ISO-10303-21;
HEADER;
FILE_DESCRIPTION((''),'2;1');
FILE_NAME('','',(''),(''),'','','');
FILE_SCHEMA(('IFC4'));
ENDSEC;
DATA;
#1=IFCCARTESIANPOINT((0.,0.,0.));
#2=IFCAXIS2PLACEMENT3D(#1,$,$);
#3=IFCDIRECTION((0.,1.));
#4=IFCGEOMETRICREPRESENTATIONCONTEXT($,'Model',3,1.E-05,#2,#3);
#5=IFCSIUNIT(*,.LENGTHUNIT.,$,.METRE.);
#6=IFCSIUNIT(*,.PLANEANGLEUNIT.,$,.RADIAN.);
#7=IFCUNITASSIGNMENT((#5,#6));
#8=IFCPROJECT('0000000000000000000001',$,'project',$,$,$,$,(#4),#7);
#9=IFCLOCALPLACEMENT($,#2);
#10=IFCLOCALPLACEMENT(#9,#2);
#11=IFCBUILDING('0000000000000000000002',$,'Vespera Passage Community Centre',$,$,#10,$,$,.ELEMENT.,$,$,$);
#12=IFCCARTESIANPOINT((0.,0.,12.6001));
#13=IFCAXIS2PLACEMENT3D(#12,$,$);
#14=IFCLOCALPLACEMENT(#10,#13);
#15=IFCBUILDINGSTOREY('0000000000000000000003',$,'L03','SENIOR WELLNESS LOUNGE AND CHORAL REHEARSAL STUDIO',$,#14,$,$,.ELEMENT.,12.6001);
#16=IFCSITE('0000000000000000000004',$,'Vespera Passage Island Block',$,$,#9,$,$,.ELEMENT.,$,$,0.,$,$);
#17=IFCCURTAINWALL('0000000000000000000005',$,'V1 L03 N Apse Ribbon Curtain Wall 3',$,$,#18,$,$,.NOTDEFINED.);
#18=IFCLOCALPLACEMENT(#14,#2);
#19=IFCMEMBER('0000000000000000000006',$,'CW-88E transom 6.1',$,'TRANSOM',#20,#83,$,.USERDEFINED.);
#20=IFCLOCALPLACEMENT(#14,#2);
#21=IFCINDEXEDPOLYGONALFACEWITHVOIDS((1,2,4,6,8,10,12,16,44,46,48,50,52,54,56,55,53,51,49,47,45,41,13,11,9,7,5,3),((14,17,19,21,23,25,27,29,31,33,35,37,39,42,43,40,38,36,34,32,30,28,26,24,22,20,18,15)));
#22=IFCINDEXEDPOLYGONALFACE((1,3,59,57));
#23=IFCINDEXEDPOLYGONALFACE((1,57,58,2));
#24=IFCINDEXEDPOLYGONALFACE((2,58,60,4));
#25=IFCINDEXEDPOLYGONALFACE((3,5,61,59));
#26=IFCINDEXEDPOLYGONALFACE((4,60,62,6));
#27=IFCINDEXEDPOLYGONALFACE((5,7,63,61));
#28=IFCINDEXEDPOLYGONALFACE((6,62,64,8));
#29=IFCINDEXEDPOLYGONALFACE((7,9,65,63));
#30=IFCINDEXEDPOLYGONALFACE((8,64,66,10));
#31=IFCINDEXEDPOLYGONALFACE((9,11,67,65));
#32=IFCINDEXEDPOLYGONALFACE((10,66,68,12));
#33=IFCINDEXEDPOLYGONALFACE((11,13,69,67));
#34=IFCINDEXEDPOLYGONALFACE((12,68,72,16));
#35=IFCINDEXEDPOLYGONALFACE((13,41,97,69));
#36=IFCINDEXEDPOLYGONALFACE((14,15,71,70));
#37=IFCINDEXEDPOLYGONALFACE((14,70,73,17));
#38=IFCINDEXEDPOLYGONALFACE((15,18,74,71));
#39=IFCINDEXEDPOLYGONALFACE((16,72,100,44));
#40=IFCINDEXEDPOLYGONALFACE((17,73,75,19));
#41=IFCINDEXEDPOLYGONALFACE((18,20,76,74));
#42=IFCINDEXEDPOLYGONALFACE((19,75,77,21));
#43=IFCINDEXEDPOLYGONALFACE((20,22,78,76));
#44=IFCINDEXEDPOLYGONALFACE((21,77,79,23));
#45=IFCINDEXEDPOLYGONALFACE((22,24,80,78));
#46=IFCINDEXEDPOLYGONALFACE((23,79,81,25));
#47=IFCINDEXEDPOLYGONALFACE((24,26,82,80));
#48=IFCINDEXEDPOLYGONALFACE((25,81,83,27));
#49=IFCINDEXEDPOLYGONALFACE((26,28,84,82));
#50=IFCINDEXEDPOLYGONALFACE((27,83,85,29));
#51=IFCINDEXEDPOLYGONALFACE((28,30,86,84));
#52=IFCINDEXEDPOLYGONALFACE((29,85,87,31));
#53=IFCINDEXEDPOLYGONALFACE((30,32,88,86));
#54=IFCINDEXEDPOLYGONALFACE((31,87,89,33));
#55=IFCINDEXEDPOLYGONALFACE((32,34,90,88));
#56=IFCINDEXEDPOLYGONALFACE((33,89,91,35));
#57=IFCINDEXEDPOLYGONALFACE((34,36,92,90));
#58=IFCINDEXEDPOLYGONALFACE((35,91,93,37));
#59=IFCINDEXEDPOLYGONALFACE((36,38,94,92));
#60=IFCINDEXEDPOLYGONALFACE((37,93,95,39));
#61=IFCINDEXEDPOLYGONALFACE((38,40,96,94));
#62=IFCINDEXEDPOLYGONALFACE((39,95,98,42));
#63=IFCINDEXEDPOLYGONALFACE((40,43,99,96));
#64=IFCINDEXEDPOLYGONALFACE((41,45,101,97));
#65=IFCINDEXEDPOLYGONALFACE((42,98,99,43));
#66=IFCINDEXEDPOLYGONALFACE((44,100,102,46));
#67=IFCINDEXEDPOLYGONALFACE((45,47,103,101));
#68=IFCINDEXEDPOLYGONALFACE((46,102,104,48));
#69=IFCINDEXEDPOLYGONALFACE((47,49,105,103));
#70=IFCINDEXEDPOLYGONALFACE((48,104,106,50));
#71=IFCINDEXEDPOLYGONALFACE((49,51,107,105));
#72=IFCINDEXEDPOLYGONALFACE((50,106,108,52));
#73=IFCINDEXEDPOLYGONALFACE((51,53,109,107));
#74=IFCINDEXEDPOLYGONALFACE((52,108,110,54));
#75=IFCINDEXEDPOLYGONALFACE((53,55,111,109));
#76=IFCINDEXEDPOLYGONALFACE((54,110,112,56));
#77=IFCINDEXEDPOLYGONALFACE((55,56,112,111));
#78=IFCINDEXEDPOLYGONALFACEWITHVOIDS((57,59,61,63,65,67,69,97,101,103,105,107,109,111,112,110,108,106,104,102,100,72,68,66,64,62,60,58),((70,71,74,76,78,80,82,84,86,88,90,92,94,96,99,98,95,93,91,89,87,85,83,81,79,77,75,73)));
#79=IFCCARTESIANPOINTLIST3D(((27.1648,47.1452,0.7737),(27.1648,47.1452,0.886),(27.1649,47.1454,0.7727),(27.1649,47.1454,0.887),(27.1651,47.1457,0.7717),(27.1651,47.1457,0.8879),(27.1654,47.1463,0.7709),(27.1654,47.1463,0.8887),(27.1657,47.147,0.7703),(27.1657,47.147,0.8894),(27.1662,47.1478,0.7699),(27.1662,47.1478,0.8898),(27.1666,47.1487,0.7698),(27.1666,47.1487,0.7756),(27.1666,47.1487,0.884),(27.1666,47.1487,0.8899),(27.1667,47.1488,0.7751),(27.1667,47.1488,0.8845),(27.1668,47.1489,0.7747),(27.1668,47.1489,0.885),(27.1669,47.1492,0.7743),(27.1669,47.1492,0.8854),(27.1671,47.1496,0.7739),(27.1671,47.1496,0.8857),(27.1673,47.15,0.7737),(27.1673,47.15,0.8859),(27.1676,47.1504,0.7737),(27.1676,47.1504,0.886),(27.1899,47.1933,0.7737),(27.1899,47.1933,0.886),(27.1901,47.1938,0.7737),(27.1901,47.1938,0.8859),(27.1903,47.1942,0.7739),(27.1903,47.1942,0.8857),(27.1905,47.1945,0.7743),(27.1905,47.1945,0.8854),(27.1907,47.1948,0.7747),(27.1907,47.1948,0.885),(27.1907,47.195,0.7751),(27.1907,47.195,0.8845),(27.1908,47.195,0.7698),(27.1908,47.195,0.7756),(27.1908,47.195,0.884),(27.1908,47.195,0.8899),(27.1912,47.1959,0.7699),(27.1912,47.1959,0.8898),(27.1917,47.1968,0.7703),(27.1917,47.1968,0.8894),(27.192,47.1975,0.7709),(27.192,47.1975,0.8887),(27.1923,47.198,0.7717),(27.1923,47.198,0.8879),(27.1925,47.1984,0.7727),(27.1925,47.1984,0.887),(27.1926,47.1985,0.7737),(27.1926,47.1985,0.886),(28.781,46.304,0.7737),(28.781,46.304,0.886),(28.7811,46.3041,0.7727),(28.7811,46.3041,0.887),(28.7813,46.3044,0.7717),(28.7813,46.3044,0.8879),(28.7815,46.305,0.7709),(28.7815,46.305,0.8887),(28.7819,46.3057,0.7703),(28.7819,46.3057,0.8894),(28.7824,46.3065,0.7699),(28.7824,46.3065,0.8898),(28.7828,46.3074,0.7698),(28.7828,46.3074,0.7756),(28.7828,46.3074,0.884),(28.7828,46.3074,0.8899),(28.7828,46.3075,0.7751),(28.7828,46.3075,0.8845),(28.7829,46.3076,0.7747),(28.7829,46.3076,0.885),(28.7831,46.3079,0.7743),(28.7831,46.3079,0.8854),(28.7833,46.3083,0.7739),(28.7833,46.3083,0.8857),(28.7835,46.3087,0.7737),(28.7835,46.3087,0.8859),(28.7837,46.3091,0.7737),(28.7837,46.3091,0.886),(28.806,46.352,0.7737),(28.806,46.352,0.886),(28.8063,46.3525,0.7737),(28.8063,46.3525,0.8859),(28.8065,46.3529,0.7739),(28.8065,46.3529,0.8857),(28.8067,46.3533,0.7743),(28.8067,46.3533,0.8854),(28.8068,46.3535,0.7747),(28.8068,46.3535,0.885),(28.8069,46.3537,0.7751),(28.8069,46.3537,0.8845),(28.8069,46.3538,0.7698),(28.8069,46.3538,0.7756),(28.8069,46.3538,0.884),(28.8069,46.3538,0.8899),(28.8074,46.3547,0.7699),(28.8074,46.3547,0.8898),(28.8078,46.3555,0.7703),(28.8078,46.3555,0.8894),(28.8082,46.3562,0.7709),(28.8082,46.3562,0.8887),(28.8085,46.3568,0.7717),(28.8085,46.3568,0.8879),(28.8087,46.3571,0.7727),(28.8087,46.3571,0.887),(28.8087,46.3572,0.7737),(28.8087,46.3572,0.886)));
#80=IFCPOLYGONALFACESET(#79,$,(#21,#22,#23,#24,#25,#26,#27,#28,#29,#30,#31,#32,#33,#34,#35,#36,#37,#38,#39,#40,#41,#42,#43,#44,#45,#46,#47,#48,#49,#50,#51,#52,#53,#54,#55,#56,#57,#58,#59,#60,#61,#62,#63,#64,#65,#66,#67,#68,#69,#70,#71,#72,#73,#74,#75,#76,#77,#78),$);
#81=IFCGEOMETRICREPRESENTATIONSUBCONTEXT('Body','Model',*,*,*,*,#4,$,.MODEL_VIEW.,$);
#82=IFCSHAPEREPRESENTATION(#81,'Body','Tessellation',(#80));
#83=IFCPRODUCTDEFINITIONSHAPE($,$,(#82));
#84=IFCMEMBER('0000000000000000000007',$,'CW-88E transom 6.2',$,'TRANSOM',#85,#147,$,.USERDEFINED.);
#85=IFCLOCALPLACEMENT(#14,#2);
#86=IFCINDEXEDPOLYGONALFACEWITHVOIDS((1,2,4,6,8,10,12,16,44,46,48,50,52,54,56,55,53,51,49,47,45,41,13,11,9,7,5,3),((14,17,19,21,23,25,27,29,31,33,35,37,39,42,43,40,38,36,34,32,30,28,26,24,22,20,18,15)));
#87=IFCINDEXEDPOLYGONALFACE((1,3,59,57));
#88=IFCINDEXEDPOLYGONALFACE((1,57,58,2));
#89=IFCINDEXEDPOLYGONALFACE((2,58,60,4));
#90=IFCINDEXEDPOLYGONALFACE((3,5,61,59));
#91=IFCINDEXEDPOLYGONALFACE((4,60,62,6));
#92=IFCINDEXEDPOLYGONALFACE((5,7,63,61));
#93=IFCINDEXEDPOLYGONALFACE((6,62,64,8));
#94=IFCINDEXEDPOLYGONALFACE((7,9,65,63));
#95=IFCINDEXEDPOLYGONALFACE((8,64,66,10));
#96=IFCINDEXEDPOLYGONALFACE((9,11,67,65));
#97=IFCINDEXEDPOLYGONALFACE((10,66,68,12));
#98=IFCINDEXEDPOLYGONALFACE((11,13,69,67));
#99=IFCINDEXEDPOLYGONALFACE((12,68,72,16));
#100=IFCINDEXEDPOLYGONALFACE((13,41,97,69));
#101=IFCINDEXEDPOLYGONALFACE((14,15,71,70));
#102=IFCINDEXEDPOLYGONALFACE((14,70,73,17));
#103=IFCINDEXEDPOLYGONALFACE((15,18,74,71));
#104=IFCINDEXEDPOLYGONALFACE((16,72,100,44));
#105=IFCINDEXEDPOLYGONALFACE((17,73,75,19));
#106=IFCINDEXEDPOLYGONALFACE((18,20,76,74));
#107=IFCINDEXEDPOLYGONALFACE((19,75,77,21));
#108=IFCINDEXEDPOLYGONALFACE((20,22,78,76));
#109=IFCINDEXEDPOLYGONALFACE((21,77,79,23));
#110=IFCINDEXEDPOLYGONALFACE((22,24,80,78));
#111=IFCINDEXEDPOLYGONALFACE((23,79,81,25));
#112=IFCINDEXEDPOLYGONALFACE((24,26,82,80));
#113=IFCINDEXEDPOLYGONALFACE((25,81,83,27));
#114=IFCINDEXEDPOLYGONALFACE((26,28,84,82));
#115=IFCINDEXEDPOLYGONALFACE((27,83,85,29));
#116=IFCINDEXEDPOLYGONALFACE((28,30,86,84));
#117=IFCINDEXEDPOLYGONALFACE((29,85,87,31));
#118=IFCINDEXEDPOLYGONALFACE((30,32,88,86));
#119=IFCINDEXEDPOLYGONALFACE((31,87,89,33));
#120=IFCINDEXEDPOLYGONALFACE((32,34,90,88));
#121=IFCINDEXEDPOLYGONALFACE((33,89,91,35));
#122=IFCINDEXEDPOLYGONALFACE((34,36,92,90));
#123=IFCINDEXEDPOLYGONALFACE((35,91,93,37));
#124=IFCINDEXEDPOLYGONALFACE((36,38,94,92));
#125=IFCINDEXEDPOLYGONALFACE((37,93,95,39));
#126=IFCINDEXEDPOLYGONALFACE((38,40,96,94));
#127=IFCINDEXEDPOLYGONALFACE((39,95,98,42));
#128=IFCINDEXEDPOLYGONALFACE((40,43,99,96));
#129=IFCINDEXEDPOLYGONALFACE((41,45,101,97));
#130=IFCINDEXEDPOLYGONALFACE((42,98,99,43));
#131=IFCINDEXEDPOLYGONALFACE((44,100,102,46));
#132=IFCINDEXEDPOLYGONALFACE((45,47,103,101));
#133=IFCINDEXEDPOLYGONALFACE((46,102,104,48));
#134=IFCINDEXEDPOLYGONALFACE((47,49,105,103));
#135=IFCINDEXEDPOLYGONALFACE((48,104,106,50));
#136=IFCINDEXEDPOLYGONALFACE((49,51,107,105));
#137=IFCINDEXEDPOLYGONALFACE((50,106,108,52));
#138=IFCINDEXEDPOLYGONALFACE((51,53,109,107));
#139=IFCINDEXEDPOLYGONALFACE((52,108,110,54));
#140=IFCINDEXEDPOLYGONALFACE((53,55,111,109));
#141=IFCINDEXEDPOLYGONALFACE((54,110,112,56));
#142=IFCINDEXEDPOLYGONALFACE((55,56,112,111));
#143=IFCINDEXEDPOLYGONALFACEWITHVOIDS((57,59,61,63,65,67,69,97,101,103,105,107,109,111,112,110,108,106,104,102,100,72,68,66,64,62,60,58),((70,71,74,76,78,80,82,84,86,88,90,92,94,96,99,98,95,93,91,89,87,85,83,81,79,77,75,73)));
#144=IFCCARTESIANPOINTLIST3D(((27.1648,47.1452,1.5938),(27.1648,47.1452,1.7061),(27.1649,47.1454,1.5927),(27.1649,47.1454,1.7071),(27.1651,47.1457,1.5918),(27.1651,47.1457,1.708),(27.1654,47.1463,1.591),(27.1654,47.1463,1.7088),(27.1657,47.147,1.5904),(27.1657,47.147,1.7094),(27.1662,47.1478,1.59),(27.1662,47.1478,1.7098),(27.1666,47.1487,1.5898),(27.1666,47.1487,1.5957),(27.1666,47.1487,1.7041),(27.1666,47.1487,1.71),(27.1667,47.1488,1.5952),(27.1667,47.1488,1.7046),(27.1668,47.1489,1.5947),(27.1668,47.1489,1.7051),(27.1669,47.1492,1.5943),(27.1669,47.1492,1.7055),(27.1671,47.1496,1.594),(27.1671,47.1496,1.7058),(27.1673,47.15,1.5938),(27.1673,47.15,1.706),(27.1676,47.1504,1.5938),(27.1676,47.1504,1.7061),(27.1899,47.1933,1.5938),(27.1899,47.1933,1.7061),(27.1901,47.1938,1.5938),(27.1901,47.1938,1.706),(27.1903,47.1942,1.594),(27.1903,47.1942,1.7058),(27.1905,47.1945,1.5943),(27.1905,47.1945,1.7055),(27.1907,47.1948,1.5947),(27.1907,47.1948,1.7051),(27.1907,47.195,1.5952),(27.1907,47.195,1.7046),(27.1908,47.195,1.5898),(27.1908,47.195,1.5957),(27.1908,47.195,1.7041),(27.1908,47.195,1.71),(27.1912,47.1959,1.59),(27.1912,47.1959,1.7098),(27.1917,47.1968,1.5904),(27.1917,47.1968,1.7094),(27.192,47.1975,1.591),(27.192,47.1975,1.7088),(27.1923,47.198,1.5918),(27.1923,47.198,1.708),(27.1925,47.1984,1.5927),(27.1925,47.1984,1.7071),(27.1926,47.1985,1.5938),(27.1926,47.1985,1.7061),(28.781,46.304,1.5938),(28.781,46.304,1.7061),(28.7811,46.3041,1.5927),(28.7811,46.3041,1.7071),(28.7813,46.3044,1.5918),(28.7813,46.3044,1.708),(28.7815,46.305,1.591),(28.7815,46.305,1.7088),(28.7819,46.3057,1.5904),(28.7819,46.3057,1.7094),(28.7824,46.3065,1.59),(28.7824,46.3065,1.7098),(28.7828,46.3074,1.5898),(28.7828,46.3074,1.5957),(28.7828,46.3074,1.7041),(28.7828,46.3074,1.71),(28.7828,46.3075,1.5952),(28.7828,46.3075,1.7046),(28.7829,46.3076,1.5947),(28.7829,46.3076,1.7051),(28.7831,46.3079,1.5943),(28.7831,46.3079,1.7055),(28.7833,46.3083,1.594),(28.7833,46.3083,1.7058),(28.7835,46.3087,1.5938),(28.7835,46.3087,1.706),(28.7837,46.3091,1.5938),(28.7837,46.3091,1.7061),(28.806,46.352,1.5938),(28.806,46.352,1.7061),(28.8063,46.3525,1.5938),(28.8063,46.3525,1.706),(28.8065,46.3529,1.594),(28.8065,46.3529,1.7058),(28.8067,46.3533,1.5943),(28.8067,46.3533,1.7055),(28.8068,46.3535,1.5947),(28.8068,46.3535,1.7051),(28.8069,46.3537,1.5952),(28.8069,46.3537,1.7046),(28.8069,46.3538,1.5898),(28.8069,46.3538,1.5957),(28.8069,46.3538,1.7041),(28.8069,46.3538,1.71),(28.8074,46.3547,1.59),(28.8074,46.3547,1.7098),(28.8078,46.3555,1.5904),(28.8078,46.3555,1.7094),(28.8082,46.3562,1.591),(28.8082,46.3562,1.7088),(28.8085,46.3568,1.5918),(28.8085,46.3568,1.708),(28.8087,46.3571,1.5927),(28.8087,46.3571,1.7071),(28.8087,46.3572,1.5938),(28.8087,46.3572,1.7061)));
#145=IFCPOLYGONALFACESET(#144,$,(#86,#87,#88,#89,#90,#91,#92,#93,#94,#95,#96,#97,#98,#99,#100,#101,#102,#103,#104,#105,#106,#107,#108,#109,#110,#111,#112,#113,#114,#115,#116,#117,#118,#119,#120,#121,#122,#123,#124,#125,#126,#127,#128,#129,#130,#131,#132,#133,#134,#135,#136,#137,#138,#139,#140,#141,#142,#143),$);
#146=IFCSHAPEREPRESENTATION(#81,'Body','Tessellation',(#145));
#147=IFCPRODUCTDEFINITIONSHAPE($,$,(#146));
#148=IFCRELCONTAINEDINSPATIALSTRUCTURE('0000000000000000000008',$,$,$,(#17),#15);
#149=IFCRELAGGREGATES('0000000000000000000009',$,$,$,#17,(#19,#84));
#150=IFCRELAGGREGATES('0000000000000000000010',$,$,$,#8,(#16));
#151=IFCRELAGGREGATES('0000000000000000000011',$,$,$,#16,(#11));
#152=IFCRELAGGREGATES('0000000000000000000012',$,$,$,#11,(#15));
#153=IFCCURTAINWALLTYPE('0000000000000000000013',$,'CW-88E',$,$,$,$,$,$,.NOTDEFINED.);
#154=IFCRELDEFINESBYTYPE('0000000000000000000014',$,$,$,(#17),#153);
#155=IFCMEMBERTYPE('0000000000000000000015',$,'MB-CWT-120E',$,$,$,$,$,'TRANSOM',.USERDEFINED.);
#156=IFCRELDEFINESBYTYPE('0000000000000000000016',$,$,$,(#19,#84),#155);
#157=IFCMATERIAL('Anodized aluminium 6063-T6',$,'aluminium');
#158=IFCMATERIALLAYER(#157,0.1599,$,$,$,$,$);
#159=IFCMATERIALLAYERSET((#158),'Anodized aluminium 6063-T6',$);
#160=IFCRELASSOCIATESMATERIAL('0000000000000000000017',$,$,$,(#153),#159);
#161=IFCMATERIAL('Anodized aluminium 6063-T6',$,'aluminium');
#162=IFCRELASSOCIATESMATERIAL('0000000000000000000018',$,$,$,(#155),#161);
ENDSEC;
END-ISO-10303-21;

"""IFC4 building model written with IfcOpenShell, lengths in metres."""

from ifc_helpers import new_model, si_unit, direction, frame, origin, origin_2d, place, context, subcontext, project, spatial, hollow_rectangle, extrude, material, layer, layer_set, material_profile, profile_set, type_object, element, aggregate, save


model = new_model("IFC4")

# Units and contexts
model_context = context("Model", 3, precision=1e-05, world=origin(), true_north=direction((0.0, 1.0)))
body_context = subcontext(model_context, "Body", "Model", "MODEL_VIEW")
ifc_project = project(units=[si_unit("LENGTHUNIT", "METRE"), si_unit("PLANEANGLEUNIT", "RADIAN")], contexts=[model_context])

# Site, building, storey
site_placement = place(None, origin())
site = spatial("IfcSite", under=ifc_project, at=site_placement, Name="Vespera Passage Island Block", CompositionType="ELEMENT", RefElevation=0.0)
building_placement = place(site_placement, origin())
building = spatial("IfcBuilding", under=site, at=building_placement, Name="Vespera Passage Community Centre", CompositionType="ELEMENT")
storey_placement = place(building_placement, frame((0.0, 0.0, 12.6001)))
storey = spatial("IfcBuildingStorey", under=building, at=storey_placement, Name="L03", Description="SENIOR WELLNESS LOUNGE AND CHORAL REHEARSAL STUDIO", CompositionType="ELEMENT", Elevation=12.6001)

# Curtain wall, members
ifc_material_1 = material(Name="Anodized aluminium 6063-T6", Category="aluminium")
ifc_layer_1 = layer(ifc_material_1, 0.1599)
ifc_layer_set_1 = layer_set([ifc_layer_1], Name="Anodized aluminium 6063-T6")
curtain_wall_type = type_object("IfcCurtainWallType", Name="CW-88E", PredefinedType="NOTDEFINED", material=ifc_layer_set_1)
curtain_wall_placement = place(storey_placement, origin())
curtain_wall = element("IfcCurtainWall", 1, at=curtain_wall_placement, inside=storey, type_object=curtain_wall_type, Name="V1 L03 N Apse Ribbon Curtain Wall 3", PredefinedType="NOTDEFINED")
ifc_material_2 = material(Name="Anodized aluminium 6063-T6", Category="aluminium")
ifc_material_profile_1 = material_profile(ifc_material_2, hollow_rectangle(XDim=0.0601, YDim=0.1201, WallThickness=0.0039, InnerFilletRadius=0.002, OuterFilletRadius=0.0039, at=origin_2d()), Name="ALU120X60X4")
ifc_profile_set_1 = profile_set([ifc_material_profile_1], Name="Anodized aluminium 6063-T6")
member_type_1 = type_object("IfcMemberType", Name="MB-CWT-120E", ElementType="TRANSOM", PredefinedType="USERDEFINED", material=ifc_profile_set_1)
member_1_placement = place(storey_placement, frame((27.1787, 47.1719, 0.8298), z_axis=(0.887019, -0.461732, 0.0), x_axis=(0.461732, 0.887019, 0.0)))
member_1 = element("IfcMember", 2, at=member_1_placement, type_object=member_type_1, Name="CW-88E transom 6.1", ObjectType="TRANSOM", PredefinedType="USERDEFINED", context=body_context, shape_type="SweptSolid", body=[
    extrude(hollow_rectangle(XDim=0.0601, YDim=0.1201, WallThickness=0.0039, InnerFilletRadius=0.002, OuterFilletRadius=0.0039, at=origin_2d()), origin(), (0.0, 0.0, 1.0), 1.822),
])
member_2_placement = place(storey_placement, frame((27.1787, 47.1719, 1.6499), z_axis=(0.887019, -0.461732, 0.0), x_axis=(0.461732, 0.887019, 0.0)))
member_2 = element("IfcMember", 3, at=member_2_placement, type_object=member_type_1, Name="CW-88E transom 6.2", ObjectType="TRANSOM", PredefinedType="USERDEFINED", context=body_context, shape_type="SweptSolid", body=[
    extrude(hollow_rectangle(XDim=0.0601, YDim=0.1201, WallThickness=0.0039, InnerFilletRadius=0.002, OuterFilletRadius=0.0039, at=origin_2d()), origin(), (0.0, 0.0, 1.0), 1.822),
])
aggregate(curtain_wall, [member_1, member_2])

save(model, "model.ifc")
